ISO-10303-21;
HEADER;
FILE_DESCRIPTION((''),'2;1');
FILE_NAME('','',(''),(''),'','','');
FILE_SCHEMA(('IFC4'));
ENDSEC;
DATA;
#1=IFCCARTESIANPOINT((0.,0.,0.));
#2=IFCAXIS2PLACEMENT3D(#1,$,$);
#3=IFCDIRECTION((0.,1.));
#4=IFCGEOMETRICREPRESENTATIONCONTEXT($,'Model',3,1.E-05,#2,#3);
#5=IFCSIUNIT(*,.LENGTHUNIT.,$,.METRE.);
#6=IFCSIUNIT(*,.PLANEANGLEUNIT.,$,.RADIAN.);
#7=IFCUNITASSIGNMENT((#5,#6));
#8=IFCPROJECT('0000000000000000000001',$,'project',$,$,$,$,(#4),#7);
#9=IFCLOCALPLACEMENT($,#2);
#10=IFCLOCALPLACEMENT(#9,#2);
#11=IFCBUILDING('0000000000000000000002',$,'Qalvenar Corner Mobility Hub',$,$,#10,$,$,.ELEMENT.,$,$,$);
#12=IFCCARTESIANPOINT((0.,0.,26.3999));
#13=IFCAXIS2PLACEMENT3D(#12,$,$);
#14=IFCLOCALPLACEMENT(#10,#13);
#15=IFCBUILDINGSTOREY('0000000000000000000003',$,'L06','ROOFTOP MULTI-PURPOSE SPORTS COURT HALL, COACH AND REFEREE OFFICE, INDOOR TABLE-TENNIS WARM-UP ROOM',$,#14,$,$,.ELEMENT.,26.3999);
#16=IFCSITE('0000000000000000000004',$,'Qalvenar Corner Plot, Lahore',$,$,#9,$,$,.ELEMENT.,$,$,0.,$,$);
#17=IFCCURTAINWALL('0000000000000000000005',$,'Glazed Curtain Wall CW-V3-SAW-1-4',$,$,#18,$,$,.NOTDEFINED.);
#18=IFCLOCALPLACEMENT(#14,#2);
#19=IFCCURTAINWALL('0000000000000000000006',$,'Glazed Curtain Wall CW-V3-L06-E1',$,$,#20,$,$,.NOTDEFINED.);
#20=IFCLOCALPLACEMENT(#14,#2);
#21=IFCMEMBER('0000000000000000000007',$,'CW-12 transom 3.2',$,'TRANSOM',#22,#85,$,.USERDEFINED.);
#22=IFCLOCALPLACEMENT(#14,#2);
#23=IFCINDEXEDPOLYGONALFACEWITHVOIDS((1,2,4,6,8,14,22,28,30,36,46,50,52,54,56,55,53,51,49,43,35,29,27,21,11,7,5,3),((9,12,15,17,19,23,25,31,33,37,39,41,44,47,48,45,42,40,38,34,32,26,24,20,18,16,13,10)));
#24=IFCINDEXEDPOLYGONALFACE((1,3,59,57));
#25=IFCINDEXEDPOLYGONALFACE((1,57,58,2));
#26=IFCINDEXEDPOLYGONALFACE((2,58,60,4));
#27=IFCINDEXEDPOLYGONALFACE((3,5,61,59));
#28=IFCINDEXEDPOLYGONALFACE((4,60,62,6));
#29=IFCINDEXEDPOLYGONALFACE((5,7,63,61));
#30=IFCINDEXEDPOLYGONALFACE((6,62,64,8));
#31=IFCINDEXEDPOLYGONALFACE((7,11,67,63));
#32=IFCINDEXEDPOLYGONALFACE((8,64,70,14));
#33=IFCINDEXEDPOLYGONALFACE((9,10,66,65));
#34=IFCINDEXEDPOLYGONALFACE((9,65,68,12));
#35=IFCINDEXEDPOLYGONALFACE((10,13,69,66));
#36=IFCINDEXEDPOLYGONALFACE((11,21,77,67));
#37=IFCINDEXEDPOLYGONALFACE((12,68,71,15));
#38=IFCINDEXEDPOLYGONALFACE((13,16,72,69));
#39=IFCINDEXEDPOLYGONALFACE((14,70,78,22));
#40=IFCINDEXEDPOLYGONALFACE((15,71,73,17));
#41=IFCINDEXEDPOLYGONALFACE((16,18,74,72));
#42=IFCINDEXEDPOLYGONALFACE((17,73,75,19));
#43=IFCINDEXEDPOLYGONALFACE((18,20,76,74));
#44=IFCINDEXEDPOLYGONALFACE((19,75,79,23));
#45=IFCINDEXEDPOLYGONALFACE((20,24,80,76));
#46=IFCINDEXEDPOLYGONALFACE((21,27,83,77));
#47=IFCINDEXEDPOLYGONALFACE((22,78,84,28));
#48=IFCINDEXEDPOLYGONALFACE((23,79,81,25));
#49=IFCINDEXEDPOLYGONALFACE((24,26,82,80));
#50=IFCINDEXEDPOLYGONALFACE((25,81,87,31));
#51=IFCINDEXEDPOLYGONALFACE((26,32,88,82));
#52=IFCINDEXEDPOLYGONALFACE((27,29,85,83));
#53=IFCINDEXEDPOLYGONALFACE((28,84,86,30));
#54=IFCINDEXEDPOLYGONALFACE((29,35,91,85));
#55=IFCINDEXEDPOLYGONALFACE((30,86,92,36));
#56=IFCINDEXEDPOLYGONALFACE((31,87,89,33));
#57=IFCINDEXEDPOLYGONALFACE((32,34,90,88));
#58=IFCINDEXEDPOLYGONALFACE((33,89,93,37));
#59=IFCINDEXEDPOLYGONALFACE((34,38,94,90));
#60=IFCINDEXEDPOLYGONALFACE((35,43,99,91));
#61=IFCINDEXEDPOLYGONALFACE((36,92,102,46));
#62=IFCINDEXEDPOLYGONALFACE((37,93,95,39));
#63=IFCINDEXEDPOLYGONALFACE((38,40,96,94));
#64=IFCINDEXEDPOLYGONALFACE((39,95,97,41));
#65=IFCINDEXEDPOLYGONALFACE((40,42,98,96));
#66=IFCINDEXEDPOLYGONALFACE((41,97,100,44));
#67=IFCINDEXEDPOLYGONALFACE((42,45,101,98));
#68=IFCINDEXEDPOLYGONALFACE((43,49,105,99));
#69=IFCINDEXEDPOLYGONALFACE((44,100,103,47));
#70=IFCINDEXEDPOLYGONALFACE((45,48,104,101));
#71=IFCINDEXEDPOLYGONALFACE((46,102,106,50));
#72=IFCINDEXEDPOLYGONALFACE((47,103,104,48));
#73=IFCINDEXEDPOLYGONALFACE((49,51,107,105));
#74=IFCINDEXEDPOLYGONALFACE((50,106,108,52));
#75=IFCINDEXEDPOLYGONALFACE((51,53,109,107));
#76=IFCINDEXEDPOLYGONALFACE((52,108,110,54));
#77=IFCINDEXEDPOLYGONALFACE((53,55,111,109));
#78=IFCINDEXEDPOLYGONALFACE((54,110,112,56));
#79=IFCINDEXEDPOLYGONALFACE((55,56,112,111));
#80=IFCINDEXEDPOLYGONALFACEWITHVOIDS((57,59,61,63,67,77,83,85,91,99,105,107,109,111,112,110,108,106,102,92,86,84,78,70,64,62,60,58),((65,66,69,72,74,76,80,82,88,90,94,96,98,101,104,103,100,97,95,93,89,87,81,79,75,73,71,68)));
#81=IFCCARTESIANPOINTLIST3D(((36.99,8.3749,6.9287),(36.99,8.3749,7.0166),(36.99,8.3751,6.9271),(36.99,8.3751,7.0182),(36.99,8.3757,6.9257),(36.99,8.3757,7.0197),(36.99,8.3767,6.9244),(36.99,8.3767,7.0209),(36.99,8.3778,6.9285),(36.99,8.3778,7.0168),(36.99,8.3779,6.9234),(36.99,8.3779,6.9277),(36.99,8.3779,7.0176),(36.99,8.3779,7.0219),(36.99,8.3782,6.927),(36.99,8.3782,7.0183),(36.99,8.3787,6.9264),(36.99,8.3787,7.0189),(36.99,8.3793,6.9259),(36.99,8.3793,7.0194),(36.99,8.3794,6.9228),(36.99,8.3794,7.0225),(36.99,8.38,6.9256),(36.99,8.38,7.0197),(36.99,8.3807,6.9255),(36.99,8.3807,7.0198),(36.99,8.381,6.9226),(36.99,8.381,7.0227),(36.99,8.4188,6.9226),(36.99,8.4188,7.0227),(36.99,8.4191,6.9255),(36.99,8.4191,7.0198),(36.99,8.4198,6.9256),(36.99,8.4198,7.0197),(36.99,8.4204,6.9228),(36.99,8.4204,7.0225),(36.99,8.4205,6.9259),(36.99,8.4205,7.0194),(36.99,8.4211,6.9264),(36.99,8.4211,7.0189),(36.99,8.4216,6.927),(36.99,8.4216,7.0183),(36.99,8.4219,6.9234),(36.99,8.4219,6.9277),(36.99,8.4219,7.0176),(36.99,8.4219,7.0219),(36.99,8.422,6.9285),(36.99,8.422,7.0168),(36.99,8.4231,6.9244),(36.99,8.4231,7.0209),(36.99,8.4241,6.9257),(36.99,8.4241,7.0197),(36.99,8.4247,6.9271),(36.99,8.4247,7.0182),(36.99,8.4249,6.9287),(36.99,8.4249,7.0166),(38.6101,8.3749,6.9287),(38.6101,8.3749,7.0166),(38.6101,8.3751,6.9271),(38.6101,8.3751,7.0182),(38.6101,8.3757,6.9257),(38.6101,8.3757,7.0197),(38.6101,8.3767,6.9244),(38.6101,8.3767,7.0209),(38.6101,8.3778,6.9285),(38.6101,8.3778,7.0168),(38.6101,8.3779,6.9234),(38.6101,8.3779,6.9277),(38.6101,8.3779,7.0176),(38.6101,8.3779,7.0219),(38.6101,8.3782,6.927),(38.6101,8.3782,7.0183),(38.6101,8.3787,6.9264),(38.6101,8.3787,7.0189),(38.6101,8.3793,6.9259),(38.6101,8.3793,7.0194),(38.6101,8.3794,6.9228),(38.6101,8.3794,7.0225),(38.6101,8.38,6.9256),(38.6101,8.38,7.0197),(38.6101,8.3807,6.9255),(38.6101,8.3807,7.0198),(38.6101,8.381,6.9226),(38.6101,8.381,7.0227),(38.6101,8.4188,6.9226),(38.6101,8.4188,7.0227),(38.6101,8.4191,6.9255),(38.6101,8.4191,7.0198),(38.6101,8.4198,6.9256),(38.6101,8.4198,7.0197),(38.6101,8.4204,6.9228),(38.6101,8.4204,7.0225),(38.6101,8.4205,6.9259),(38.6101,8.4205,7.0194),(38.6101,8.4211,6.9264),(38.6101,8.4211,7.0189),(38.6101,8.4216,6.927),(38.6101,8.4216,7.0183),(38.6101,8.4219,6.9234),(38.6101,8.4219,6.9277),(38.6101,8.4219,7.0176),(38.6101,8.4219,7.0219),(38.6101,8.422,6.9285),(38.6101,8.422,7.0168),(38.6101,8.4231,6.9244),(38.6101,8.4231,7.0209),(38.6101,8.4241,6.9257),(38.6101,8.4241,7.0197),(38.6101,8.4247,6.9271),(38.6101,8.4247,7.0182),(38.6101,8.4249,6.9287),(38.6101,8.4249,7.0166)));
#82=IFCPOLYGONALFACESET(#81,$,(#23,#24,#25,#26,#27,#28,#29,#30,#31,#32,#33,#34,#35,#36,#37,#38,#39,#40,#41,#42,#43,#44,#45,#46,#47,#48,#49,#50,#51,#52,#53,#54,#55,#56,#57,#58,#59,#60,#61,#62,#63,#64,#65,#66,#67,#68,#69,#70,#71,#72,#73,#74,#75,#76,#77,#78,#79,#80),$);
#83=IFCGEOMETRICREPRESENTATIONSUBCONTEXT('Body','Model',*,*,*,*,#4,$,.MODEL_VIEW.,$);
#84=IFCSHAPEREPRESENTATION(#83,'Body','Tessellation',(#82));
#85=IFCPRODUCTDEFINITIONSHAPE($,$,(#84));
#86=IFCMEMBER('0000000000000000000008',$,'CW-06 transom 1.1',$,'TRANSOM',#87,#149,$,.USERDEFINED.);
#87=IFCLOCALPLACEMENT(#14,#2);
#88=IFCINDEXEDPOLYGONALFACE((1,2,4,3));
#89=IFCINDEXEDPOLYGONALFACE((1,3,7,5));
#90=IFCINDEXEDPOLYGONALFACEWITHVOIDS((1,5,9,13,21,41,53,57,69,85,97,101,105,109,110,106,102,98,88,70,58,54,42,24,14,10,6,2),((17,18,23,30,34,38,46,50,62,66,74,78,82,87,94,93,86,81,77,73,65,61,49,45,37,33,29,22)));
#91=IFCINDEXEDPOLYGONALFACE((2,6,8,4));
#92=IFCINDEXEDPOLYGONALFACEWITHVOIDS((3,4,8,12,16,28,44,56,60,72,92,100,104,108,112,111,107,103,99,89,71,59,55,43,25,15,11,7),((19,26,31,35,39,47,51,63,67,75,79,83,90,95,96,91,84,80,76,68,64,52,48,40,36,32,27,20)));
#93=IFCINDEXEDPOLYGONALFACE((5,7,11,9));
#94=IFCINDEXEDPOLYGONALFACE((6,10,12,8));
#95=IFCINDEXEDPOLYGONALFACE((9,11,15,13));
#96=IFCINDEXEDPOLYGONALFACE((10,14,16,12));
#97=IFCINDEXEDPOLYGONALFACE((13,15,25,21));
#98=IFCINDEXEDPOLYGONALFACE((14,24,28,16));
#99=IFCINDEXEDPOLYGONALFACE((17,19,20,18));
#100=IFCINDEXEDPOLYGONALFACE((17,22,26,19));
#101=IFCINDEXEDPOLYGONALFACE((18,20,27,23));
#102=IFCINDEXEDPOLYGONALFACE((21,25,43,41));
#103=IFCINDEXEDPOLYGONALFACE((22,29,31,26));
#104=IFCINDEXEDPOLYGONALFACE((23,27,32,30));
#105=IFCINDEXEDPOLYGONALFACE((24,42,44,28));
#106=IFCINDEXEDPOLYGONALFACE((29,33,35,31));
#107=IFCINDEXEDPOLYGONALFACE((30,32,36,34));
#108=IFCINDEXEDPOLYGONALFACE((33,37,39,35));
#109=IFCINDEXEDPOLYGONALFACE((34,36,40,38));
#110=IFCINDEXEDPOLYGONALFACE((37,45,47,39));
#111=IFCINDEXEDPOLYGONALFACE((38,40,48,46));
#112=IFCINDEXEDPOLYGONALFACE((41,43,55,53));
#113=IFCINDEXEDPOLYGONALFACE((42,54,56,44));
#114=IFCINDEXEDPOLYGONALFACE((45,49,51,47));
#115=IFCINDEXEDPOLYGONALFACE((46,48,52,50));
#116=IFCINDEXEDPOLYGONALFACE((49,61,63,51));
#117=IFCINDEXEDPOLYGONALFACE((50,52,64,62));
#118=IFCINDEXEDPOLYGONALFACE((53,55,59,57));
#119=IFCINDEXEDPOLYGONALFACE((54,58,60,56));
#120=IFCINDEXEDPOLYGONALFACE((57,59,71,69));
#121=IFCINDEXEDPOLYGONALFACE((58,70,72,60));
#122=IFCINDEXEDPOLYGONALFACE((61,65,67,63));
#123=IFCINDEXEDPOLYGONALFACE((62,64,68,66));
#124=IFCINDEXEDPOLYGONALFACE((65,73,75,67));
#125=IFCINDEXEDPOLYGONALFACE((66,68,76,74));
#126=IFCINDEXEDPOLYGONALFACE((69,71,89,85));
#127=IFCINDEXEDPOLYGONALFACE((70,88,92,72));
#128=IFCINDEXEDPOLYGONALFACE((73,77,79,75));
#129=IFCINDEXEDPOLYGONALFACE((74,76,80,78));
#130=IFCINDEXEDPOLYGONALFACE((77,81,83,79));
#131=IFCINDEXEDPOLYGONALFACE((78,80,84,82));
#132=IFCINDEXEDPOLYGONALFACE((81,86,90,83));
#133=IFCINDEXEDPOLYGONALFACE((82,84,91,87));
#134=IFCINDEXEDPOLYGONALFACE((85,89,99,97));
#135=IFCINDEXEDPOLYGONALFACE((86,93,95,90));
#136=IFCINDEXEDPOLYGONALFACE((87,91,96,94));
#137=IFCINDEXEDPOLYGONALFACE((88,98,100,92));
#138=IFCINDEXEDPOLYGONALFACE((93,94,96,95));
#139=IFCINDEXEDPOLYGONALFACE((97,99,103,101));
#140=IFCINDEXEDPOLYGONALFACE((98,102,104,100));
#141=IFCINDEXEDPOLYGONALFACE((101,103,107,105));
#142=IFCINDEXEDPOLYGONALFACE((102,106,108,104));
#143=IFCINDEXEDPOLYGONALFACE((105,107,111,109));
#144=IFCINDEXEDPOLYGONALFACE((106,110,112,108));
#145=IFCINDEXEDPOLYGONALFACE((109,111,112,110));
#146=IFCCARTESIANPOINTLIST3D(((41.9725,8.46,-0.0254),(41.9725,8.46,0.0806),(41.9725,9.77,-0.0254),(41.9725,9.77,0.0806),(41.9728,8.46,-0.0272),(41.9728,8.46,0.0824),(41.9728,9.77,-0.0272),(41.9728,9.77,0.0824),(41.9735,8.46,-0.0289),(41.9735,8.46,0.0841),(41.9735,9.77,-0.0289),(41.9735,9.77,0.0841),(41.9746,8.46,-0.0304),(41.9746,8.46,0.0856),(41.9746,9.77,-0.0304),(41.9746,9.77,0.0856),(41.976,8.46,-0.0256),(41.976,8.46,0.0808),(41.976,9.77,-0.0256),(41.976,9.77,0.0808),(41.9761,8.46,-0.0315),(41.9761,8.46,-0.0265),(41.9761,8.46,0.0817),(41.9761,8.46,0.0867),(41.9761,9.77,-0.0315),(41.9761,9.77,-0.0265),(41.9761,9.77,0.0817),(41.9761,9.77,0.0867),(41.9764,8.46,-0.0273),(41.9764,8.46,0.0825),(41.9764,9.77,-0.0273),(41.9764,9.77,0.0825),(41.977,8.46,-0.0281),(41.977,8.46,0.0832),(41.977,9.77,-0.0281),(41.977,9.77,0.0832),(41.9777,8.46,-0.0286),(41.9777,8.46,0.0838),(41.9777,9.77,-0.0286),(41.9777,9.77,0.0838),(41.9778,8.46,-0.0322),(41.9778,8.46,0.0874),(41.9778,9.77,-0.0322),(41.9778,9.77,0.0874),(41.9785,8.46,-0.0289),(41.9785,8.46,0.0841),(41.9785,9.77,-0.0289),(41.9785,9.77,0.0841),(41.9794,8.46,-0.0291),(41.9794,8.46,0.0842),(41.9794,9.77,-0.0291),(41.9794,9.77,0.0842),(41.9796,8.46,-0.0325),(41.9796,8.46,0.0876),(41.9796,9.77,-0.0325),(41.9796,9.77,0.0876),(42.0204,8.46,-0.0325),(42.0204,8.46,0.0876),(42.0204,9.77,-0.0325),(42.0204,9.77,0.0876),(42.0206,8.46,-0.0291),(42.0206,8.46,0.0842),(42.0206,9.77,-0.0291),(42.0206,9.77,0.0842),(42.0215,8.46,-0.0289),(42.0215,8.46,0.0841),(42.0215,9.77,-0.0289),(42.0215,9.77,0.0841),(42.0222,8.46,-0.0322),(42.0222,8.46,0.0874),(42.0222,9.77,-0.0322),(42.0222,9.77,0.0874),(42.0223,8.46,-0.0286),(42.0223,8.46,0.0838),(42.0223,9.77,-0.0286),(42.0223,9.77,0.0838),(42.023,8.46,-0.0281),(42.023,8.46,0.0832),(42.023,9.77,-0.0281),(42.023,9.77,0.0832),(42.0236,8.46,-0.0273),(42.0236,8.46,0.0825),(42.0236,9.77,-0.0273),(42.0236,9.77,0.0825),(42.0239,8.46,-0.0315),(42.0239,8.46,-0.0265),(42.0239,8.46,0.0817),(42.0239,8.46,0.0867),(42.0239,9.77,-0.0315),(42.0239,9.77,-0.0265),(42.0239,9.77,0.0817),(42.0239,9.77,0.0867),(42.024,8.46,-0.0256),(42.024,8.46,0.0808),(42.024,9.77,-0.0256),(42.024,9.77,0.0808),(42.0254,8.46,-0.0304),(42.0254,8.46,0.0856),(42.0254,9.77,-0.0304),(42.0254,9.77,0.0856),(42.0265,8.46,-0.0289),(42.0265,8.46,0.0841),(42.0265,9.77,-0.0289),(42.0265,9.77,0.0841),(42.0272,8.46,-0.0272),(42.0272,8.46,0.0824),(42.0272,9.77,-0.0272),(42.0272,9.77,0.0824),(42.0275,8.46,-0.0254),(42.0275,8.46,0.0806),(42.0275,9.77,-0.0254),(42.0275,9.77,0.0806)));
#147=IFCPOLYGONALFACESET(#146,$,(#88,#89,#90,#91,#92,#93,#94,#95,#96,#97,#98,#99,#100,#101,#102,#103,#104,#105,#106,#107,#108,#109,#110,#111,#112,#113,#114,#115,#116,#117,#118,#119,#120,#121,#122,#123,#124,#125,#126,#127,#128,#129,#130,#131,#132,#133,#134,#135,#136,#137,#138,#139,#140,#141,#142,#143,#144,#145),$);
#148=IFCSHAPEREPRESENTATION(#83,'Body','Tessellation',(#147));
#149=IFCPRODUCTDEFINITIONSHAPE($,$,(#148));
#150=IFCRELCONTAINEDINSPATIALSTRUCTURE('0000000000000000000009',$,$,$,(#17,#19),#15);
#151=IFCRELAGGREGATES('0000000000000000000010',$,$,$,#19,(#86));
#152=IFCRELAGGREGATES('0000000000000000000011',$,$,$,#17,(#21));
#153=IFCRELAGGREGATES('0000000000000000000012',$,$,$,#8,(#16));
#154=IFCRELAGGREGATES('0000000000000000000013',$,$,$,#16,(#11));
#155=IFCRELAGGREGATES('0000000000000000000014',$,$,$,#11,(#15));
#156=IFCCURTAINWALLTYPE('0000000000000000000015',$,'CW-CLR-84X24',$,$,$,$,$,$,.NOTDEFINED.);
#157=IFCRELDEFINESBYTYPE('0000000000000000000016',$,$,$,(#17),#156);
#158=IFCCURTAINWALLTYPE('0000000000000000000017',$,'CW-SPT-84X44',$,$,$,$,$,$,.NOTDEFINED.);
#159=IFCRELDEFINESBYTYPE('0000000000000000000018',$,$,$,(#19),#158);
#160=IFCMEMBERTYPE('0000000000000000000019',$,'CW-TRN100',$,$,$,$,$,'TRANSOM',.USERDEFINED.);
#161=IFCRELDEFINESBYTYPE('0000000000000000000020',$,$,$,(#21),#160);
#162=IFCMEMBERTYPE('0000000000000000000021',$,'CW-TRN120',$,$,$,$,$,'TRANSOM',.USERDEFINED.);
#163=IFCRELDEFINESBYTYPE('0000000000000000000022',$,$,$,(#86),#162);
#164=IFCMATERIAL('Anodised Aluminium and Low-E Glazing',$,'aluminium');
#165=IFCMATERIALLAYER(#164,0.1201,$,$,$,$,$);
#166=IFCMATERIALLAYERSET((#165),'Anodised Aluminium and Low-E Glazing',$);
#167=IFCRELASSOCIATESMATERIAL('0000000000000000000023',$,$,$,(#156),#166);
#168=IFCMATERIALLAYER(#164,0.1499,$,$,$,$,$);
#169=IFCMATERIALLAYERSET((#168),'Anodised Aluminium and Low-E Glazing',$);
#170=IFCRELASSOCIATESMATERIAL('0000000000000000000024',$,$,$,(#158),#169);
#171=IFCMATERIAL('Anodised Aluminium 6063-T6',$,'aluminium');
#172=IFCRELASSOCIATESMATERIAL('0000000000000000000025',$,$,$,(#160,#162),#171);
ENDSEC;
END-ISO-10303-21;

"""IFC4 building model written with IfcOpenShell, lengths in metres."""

from ifc_helpers import new_model, si_unit, direction, frame, origin, origin_2d, place, context, subcontext, project, spatial, hollow_rectangle, extrude, material, layer, layer_set, material_profile, profile_set, type_object, element, aggregate, save


model = new_model("IFC4")

# Units and contexts
model_context = context("Model", 3, precision=1e-05, world=origin(), true_north=direction((0.0, 1.0)))
body_context = subcontext(model_context, "Body", "Model", "MODEL_VIEW")
ifc_project = project(units=[si_unit("LENGTHUNIT", "METRE"), si_unit("PLANEANGLEUNIT", "RADIAN")], contexts=[model_context])

# Site, building, storey
site_placement = place(None, origin())
site = spatial("IfcSite", under=ifc_project, at=site_placement, Name="Qalvenar Corner Plot, Lahore", CompositionType="ELEMENT", RefElevation=0.0)
building_placement = place(site_placement, origin())
building = spatial("IfcBuilding", under=site, at=building_placement, Name="Qalvenar Corner Mobility Hub", CompositionType="ELEMENT")
storey_placement = place(building_placement, frame((0.0, 0.0, 26.3999)))
storey = spatial("IfcBuildingStorey", under=building, at=storey_placement, Name="L06", Description="ROOFTOP MULTI-PURPOSE SPORTS COURT HALL, COACH AND REFEREE OFFICE, INDOOR TABLE-TENNIS WARM-UP ROOM", CompositionType="ELEMENT", Elevation=26.3999)

# Curtain walls
ifc_material_1 = material(Name="Anodised Aluminium and Low-E Glazing", Category="aluminium")
ifc_layer_1 = layer(ifc_material_1, 0.1201)
ifc_layer_set_1 = layer_set([ifc_layer_1], Name="Anodised Aluminium and Low-E Glazing")
curtain_wall_type_1 = type_object("IfcCurtainWallType", Name="CW-CLR-84X24", PredefinedType="NOTDEFINED", material=ifc_layer_set_1)
curtain_wall_1_placement = place(storey_placement, origin())
curtain_wall_1 = element("IfcCurtainWall", 1, at=curtain_wall_1_placement, inside=storey, type_object=curtain_wall_type_1, Name="Glazed Curtain Wall CW-V3-SAW-1-4", PredefinedType="NOTDEFINED")
ifc_material_2 = material(Name="Anodised Aluminium 6063-T6", Category="aluminium")
ifc_layer_2 = layer(ifc_material_1, 0.1499)
ifc_layer_set_2 = layer_set([ifc_layer_2], Name="Anodised Aluminium and Low-E Glazing")
curtain_wall_type_2 = type_object("IfcCurtainWallType", Name="CW-SPT-84X44", PredefinedType="NOTDEFINED", material=ifc_layer_set_2)
curtain_wall_2_placement = place(storey_placement, origin())
curtain_wall_2 = element("IfcCurtainWall", 2, at=curtain_wall_2_placement, inside=storey, type_object=curtain_wall_type_2, Name="Glazed Curtain Wall CW-V3-L06-E1", PredefinedType="NOTDEFINED")

# Members
ifc_material_profile_1 = material_profile(ifc_material_2, hollow_rectangle(XDim=0.05, YDim=0.1001, WallThickness=0.0029, InnerFilletRadius=0.0029, OuterFilletRadius=0.0061, at=origin_2d()), Name="RHS100x50x3")
ifc_profile_set_1 = profile_set([ifc_material_profile_1], Name="Anodised Aluminium 6063-T6")
member_type_1 = type_object("IfcMemberType", Name="CW-TRN100", ElementType="TRANSOM", PredefinedType="USERDEFINED", material=ifc_profile_set_1)
member_1_placement = place(storey_placement, frame((38.6101, 8.3999, 6.9727), z_axis=(-1.0, 0.0, 0.0), x_axis=(0.0, -1.0, 0.0)))
member_1 = element("IfcMember", 3, at=member_1_placement, type_object=member_type_1, Name="CW-12 transom 3.2", ObjectType="TRANSOM", PredefinedType="USERDEFINED", context=body_context, shape_type="SweptSolid", body=[
    extrude(hollow_rectangle(XDim=0.05, YDim=0.1001, WallThickness=0.0029, InnerFilletRadius=0.0029, OuterFilletRadius=0.0061, at=origin_2d()), origin(), (0.0, 0.0, 1.0), 1.6201),
])
ifc_material_profile_2 = material_profile(ifc_material_2, hollow_rectangle(XDim=0.0549, YDim=0.1201, WallThickness=0.0034, InnerFilletRadius=0.0034, OuterFilletRadius=0.0071, at=origin_2d()), Name="RHS120x55x3.5")
ifc_profile_set_2 = profile_set([ifc_material_profile_2], Name="Anodised Aluminium 6063-T6")
member_type_2 = type_object("IfcMemberType", Name="CW-TRN120", ElementType="TRANSOM", PredefinedType="USERDEFINED", material=ifc_profile_set_2)
member_2_placement = place(storey_placement, frame((42.0, 8.46, 0.0276), z_axis=(0.0, 1.0, 0.0), x_axis=(-1.0, 0.0, 0.0)))
member_2 = element("IfcMember", 4, at=member_2_placement, type_object=member_type_2, Name="CW-06 transom 1.1", ObjectType="TRANSOM", PredefinedType="USERDEFINED", context=body_context, shape_type="SweptSolid", body=[
    extrude(hollow_rectangle(XDim=0.0549, YDim=0.1201, WallThickness=0.0034, InnerFilletRadius=0.0034, OuterFilletRadius=0.0071, at=origin_2d()), origin(), (0.0, 0.0, 1.0), 1.3101),
])

aggregate(curtain_wall_2, [member_2])
aggregate(curtain_wall_1, [member_1])

save(model, "model.ifc")
